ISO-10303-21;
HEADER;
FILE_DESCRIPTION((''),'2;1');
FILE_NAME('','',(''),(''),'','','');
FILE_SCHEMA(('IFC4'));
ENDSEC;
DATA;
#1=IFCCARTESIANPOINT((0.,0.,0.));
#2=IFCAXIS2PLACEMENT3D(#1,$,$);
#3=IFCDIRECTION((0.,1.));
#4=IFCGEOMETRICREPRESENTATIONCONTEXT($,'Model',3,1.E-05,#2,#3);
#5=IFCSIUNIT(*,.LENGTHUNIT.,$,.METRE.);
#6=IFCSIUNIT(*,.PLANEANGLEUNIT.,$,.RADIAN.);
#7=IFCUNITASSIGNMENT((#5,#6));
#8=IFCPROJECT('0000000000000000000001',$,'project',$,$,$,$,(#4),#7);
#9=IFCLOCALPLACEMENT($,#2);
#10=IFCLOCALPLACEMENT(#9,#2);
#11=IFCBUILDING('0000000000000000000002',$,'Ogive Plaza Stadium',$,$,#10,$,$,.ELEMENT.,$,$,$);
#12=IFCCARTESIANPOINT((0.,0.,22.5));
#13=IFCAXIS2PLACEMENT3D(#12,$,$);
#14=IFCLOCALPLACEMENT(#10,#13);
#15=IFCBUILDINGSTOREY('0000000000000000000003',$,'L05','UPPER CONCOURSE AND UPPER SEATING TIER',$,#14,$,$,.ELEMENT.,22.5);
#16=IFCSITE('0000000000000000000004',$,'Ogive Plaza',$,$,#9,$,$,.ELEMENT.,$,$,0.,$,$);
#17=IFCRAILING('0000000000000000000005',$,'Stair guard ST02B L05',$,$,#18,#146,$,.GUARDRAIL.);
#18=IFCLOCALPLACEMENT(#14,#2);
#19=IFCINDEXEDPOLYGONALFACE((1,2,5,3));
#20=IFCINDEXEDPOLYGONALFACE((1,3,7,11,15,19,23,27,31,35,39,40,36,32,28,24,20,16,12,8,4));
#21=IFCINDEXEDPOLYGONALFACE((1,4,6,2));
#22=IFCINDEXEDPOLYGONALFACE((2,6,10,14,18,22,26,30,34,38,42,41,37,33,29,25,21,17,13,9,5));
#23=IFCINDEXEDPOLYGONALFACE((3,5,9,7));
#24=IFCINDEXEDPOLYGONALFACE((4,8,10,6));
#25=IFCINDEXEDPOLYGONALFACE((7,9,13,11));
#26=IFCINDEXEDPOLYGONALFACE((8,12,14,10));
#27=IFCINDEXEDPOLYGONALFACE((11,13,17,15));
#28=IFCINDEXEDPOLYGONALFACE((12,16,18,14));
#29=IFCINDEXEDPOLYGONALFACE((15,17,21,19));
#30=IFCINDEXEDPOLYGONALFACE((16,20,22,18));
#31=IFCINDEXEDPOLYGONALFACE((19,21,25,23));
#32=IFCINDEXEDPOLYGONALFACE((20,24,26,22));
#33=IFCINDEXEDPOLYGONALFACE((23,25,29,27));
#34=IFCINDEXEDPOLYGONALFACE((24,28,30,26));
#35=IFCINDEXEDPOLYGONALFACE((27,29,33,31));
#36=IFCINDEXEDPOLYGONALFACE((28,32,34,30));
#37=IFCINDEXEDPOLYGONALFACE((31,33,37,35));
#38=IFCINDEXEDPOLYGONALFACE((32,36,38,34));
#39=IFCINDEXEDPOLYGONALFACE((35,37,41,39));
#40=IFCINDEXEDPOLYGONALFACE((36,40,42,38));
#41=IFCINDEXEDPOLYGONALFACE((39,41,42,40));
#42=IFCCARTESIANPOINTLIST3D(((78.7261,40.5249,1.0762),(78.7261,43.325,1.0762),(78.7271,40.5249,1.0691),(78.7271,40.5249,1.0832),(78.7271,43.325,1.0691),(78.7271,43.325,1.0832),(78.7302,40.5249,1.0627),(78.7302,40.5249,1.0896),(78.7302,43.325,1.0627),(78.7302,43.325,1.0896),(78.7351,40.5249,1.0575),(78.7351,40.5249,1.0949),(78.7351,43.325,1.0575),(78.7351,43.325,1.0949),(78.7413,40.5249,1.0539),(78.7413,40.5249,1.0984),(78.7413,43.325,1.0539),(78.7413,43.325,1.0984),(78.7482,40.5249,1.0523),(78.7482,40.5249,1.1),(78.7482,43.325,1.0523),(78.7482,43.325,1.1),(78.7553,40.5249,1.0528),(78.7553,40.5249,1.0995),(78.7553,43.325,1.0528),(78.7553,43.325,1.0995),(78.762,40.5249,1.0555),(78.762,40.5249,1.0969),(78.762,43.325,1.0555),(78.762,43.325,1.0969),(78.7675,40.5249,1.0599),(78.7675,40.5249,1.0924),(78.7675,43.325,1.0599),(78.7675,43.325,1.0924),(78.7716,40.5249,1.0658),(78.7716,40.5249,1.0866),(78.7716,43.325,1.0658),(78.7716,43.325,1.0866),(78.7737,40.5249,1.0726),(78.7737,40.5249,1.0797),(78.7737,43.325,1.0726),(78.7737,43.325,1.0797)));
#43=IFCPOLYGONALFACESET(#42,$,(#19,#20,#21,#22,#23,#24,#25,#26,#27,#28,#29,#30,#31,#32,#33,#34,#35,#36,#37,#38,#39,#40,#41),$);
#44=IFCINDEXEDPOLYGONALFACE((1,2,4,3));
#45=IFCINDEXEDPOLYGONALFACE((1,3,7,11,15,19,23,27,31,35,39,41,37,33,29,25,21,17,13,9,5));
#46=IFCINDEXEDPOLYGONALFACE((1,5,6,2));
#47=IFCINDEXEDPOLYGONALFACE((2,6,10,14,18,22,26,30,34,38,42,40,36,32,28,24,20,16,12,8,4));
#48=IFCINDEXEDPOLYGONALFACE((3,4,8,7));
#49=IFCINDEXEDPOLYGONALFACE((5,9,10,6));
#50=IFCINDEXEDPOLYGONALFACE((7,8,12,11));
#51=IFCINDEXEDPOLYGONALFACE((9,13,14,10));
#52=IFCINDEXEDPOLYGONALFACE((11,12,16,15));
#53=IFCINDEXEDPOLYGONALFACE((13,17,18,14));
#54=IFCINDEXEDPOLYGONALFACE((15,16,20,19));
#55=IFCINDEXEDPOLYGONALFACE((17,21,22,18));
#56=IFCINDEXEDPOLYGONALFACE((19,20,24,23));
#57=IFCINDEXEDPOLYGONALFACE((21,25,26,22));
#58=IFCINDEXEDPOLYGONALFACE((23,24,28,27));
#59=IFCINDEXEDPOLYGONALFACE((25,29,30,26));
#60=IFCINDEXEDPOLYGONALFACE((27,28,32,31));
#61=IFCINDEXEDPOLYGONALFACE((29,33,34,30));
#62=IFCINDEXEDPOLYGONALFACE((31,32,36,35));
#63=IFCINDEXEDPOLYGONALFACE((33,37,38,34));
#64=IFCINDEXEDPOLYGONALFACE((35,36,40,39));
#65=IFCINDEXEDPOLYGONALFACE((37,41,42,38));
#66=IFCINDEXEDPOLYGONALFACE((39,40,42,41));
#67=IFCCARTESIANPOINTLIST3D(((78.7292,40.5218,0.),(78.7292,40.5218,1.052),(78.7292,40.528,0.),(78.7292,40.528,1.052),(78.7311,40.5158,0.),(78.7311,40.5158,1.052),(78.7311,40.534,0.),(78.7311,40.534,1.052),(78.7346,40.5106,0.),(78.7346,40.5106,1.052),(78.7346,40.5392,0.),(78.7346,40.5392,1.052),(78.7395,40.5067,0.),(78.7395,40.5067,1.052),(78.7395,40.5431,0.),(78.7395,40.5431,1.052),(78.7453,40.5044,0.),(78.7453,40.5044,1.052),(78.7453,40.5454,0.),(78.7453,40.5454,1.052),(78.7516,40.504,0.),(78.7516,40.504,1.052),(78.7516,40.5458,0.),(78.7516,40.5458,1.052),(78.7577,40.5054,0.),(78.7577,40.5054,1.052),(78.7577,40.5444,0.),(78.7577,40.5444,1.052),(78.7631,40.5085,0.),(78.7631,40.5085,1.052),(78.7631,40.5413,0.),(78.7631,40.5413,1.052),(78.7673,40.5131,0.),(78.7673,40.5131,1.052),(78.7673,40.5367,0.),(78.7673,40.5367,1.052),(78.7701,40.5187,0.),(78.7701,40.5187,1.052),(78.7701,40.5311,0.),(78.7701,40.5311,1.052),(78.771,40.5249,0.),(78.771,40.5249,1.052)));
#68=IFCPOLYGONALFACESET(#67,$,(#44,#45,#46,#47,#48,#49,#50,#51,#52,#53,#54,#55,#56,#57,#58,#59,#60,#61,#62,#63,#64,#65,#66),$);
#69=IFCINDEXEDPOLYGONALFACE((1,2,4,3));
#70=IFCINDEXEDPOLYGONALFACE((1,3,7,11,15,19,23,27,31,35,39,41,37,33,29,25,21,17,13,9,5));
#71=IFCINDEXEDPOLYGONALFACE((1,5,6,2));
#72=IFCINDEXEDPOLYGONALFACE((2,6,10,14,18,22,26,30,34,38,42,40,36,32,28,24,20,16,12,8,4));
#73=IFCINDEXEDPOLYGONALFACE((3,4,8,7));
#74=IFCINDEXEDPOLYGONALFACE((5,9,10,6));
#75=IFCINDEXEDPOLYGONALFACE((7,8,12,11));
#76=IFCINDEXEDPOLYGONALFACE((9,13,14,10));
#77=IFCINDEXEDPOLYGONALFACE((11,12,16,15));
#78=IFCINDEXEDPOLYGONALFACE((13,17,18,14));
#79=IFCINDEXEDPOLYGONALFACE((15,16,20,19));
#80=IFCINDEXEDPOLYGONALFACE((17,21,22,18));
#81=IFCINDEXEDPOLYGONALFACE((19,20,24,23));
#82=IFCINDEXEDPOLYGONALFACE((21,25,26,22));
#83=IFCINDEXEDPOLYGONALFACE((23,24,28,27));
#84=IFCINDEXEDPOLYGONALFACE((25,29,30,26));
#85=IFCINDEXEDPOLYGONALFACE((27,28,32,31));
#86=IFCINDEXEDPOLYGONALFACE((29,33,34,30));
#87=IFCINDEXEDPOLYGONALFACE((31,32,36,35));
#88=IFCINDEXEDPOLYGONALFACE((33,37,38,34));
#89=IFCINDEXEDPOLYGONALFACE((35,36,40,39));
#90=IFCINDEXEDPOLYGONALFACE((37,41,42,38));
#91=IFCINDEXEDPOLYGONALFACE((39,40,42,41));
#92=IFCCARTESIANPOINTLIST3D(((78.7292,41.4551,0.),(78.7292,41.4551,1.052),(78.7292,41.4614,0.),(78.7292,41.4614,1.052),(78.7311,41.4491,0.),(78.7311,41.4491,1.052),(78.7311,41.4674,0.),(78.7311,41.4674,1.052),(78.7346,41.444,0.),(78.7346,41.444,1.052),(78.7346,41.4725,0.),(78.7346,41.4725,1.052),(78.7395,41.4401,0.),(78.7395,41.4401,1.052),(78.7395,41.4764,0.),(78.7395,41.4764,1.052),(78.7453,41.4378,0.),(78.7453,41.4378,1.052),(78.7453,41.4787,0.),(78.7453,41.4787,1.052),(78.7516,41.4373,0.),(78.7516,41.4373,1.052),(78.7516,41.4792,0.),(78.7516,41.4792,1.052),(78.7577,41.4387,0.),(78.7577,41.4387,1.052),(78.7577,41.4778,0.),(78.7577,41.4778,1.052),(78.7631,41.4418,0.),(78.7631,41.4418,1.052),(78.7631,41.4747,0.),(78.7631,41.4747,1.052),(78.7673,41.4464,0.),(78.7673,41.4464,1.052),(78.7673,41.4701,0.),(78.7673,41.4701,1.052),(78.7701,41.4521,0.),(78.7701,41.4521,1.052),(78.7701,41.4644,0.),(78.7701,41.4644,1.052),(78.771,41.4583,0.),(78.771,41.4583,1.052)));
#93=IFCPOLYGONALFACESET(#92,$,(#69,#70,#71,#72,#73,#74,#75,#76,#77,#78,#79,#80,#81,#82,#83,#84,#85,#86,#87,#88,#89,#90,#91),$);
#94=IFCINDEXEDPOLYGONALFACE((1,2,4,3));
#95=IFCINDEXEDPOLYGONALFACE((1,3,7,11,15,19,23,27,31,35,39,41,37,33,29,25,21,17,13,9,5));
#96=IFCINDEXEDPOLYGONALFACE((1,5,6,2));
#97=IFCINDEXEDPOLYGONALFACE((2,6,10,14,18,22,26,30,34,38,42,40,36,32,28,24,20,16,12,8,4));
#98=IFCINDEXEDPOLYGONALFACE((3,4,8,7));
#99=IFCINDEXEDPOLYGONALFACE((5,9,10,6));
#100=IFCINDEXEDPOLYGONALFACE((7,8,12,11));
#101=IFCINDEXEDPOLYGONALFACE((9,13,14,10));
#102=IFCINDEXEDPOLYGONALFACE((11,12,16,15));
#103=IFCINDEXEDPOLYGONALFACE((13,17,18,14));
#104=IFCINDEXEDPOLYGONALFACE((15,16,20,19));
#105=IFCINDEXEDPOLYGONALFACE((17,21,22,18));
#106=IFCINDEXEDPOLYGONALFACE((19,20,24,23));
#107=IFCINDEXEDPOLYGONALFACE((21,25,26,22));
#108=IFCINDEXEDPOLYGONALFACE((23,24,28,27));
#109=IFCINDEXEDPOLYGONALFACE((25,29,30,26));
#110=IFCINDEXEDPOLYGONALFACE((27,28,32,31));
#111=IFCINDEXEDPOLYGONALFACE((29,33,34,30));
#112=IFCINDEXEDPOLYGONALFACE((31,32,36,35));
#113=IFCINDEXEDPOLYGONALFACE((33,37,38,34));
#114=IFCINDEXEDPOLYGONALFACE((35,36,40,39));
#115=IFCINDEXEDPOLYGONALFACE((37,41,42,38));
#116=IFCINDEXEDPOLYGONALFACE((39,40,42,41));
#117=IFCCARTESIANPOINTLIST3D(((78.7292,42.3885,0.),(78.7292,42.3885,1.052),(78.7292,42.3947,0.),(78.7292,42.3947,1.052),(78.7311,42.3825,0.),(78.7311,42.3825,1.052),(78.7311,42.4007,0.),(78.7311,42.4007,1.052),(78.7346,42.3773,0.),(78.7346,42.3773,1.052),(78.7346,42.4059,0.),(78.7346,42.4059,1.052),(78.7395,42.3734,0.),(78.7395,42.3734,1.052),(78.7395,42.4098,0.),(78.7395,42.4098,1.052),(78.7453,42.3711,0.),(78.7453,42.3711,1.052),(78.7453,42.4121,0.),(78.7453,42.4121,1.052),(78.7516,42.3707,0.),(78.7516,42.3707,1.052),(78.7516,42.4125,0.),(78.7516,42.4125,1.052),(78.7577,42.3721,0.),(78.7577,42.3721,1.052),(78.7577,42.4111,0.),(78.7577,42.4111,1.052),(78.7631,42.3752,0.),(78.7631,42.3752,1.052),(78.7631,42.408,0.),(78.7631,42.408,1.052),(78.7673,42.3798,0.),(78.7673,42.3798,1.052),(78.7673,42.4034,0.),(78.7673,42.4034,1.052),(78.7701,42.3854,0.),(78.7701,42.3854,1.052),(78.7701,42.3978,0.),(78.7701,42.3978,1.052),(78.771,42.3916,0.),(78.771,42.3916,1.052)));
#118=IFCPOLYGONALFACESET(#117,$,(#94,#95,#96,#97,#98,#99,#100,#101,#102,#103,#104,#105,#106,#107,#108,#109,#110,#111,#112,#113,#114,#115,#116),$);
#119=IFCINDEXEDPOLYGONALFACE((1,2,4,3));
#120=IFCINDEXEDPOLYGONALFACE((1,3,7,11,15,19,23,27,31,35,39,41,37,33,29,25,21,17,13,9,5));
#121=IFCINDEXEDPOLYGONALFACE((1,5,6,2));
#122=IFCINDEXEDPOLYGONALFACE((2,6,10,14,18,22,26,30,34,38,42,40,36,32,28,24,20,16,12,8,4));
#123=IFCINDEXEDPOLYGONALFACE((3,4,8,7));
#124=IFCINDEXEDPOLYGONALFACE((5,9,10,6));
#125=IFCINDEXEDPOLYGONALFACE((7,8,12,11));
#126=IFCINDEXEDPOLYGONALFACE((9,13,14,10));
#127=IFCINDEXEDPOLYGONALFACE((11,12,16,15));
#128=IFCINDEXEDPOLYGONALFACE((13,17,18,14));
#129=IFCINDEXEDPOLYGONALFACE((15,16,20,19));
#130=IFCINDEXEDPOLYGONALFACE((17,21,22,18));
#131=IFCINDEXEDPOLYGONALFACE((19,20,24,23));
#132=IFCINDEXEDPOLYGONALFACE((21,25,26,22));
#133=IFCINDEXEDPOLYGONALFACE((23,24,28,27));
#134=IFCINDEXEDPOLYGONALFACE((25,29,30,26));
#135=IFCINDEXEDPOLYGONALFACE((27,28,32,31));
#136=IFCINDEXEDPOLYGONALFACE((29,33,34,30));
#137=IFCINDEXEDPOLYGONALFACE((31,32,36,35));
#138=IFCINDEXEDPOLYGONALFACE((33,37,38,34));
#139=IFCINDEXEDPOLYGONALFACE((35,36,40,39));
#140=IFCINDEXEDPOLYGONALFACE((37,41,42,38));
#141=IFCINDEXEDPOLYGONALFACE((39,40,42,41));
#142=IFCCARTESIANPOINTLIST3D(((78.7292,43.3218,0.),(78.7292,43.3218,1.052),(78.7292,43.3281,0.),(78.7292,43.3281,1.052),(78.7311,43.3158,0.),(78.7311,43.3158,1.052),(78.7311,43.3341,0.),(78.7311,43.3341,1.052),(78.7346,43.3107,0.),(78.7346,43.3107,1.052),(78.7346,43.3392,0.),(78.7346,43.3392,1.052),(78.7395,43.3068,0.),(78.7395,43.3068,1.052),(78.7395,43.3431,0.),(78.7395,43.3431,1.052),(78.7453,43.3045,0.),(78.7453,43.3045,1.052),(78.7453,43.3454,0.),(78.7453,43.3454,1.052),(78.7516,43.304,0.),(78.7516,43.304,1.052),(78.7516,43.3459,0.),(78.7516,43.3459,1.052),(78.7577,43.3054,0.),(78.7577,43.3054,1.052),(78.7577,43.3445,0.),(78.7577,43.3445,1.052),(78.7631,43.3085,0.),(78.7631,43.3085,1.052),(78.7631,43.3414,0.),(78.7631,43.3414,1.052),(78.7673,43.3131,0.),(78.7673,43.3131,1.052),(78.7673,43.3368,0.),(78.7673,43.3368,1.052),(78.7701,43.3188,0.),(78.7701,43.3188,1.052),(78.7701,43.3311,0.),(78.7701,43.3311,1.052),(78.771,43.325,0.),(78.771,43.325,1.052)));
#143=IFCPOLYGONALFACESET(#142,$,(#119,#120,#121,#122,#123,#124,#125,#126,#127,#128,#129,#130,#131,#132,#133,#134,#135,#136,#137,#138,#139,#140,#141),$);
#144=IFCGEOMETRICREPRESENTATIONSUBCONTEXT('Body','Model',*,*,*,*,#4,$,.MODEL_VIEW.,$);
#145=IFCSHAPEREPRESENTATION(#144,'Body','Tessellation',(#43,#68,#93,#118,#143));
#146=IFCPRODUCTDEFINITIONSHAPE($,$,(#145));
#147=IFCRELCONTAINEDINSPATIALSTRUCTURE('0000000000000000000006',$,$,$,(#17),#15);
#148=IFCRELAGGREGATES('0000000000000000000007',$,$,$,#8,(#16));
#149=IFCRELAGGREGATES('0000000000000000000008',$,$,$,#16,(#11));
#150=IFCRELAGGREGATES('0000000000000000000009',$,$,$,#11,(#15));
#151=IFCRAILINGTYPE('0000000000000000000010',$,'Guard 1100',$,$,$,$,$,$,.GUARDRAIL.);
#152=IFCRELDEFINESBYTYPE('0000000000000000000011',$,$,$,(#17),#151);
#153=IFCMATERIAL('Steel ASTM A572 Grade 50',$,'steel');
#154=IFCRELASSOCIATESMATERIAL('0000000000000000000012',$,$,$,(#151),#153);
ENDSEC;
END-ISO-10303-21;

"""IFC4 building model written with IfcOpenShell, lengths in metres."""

from ifc_helpers import new_model, si_unit, direction, frame, origin, origin_2d, place, context, subcontext, project, spatial, circle, extrude, material, type_object, element, save


model = new_model("IFC4")

# Units and contexts
model_context = context("Model", 3, precision=1e-05, world=origin(), true_north=direction((0.0, 1.0)))
body_context = subcontext(model_context, "Body", "Model", "MODEL_VIEW")
ifc_project = project(units=[si_unit("LENGTHUNIT", "METRE"), si_unit("PLANEANGLEUNIT", "RADIAN")], contexts=[model_context])

# Site, building, storey
site_placement = place(None, origin())
site = spatial("IfcSite", under=ifc_project, at=site_placement, Name="Ogive Plaza", CompositionType="ELEMENT", RefElevation=0.0)
building_placement = place(site_placement, origin())
building = spatial("IfcBuilding", under=site, at=building_placement, Name="Ogive Plaza Stadium", CompositionType="ELEMENT")
storey_placement = place(building_placement, frame((0.0, 0.0, 22.5)))
storey = spatial("IfcBuildingStorey", under=building, at=storey_placement, Name="L05", Description="UPPER CONCOURSE AND UPPER SEATING TIER", CompositionType="ELEMENT", Elevation=22.5)

# Railing
ifc_material_1 = material(Name="Steel ASTM A572 Grade 50", Category="steel")
railing_type = type_object("IfcRailingType", Name="Guard 1100", PredefinedType="GUARDRAIL", material=ifc_material_1)
for number, where, name in (
    (1, (78.75, 40.5249, 0.0), "Stair guard ST02B L05"),
):
    element("IfcRailing", number, at=place(storey_placement, frame(where)), inside=storey, type_object=railing_type, Name=name, PredefinedType="GUARDRAIL", context=body_context, shape_type="SweptSolid", body=[
        extrude(circle(Radius=0.0239, at=origin_2d()), frame((0.0, 0.0, 1.0762), z_axis=(0.0, 1.0, 0.0), x_axis=(-1.0, 0.0, 0.0)), (0.0, 0.0, 1.0), 2.8),
        extrude(circle(Radius=0.021, at=origin_2d()), origin(), (0.0, 0.0, 1.0), 1.052),
        extrude(circle(Radius=0.021, at=origin_2d()), frame((0.0, 0.9333, 0.0)), (0.0, 0.0, 1.0), 1.052),
        extrude(circle(Radius=0.021, at=origin_2d()), frame((0.0, 1.8667, 0.0)), (0.0, 0.0, 1.0), 1.052),
        extrude(circle(Radius=0.021, at=origin_2d()), frame((0.0, 2.8, 0.0)), (0.0, 0.0, 1.0), 1.052),
    ])

save(model, "model.ifc")
